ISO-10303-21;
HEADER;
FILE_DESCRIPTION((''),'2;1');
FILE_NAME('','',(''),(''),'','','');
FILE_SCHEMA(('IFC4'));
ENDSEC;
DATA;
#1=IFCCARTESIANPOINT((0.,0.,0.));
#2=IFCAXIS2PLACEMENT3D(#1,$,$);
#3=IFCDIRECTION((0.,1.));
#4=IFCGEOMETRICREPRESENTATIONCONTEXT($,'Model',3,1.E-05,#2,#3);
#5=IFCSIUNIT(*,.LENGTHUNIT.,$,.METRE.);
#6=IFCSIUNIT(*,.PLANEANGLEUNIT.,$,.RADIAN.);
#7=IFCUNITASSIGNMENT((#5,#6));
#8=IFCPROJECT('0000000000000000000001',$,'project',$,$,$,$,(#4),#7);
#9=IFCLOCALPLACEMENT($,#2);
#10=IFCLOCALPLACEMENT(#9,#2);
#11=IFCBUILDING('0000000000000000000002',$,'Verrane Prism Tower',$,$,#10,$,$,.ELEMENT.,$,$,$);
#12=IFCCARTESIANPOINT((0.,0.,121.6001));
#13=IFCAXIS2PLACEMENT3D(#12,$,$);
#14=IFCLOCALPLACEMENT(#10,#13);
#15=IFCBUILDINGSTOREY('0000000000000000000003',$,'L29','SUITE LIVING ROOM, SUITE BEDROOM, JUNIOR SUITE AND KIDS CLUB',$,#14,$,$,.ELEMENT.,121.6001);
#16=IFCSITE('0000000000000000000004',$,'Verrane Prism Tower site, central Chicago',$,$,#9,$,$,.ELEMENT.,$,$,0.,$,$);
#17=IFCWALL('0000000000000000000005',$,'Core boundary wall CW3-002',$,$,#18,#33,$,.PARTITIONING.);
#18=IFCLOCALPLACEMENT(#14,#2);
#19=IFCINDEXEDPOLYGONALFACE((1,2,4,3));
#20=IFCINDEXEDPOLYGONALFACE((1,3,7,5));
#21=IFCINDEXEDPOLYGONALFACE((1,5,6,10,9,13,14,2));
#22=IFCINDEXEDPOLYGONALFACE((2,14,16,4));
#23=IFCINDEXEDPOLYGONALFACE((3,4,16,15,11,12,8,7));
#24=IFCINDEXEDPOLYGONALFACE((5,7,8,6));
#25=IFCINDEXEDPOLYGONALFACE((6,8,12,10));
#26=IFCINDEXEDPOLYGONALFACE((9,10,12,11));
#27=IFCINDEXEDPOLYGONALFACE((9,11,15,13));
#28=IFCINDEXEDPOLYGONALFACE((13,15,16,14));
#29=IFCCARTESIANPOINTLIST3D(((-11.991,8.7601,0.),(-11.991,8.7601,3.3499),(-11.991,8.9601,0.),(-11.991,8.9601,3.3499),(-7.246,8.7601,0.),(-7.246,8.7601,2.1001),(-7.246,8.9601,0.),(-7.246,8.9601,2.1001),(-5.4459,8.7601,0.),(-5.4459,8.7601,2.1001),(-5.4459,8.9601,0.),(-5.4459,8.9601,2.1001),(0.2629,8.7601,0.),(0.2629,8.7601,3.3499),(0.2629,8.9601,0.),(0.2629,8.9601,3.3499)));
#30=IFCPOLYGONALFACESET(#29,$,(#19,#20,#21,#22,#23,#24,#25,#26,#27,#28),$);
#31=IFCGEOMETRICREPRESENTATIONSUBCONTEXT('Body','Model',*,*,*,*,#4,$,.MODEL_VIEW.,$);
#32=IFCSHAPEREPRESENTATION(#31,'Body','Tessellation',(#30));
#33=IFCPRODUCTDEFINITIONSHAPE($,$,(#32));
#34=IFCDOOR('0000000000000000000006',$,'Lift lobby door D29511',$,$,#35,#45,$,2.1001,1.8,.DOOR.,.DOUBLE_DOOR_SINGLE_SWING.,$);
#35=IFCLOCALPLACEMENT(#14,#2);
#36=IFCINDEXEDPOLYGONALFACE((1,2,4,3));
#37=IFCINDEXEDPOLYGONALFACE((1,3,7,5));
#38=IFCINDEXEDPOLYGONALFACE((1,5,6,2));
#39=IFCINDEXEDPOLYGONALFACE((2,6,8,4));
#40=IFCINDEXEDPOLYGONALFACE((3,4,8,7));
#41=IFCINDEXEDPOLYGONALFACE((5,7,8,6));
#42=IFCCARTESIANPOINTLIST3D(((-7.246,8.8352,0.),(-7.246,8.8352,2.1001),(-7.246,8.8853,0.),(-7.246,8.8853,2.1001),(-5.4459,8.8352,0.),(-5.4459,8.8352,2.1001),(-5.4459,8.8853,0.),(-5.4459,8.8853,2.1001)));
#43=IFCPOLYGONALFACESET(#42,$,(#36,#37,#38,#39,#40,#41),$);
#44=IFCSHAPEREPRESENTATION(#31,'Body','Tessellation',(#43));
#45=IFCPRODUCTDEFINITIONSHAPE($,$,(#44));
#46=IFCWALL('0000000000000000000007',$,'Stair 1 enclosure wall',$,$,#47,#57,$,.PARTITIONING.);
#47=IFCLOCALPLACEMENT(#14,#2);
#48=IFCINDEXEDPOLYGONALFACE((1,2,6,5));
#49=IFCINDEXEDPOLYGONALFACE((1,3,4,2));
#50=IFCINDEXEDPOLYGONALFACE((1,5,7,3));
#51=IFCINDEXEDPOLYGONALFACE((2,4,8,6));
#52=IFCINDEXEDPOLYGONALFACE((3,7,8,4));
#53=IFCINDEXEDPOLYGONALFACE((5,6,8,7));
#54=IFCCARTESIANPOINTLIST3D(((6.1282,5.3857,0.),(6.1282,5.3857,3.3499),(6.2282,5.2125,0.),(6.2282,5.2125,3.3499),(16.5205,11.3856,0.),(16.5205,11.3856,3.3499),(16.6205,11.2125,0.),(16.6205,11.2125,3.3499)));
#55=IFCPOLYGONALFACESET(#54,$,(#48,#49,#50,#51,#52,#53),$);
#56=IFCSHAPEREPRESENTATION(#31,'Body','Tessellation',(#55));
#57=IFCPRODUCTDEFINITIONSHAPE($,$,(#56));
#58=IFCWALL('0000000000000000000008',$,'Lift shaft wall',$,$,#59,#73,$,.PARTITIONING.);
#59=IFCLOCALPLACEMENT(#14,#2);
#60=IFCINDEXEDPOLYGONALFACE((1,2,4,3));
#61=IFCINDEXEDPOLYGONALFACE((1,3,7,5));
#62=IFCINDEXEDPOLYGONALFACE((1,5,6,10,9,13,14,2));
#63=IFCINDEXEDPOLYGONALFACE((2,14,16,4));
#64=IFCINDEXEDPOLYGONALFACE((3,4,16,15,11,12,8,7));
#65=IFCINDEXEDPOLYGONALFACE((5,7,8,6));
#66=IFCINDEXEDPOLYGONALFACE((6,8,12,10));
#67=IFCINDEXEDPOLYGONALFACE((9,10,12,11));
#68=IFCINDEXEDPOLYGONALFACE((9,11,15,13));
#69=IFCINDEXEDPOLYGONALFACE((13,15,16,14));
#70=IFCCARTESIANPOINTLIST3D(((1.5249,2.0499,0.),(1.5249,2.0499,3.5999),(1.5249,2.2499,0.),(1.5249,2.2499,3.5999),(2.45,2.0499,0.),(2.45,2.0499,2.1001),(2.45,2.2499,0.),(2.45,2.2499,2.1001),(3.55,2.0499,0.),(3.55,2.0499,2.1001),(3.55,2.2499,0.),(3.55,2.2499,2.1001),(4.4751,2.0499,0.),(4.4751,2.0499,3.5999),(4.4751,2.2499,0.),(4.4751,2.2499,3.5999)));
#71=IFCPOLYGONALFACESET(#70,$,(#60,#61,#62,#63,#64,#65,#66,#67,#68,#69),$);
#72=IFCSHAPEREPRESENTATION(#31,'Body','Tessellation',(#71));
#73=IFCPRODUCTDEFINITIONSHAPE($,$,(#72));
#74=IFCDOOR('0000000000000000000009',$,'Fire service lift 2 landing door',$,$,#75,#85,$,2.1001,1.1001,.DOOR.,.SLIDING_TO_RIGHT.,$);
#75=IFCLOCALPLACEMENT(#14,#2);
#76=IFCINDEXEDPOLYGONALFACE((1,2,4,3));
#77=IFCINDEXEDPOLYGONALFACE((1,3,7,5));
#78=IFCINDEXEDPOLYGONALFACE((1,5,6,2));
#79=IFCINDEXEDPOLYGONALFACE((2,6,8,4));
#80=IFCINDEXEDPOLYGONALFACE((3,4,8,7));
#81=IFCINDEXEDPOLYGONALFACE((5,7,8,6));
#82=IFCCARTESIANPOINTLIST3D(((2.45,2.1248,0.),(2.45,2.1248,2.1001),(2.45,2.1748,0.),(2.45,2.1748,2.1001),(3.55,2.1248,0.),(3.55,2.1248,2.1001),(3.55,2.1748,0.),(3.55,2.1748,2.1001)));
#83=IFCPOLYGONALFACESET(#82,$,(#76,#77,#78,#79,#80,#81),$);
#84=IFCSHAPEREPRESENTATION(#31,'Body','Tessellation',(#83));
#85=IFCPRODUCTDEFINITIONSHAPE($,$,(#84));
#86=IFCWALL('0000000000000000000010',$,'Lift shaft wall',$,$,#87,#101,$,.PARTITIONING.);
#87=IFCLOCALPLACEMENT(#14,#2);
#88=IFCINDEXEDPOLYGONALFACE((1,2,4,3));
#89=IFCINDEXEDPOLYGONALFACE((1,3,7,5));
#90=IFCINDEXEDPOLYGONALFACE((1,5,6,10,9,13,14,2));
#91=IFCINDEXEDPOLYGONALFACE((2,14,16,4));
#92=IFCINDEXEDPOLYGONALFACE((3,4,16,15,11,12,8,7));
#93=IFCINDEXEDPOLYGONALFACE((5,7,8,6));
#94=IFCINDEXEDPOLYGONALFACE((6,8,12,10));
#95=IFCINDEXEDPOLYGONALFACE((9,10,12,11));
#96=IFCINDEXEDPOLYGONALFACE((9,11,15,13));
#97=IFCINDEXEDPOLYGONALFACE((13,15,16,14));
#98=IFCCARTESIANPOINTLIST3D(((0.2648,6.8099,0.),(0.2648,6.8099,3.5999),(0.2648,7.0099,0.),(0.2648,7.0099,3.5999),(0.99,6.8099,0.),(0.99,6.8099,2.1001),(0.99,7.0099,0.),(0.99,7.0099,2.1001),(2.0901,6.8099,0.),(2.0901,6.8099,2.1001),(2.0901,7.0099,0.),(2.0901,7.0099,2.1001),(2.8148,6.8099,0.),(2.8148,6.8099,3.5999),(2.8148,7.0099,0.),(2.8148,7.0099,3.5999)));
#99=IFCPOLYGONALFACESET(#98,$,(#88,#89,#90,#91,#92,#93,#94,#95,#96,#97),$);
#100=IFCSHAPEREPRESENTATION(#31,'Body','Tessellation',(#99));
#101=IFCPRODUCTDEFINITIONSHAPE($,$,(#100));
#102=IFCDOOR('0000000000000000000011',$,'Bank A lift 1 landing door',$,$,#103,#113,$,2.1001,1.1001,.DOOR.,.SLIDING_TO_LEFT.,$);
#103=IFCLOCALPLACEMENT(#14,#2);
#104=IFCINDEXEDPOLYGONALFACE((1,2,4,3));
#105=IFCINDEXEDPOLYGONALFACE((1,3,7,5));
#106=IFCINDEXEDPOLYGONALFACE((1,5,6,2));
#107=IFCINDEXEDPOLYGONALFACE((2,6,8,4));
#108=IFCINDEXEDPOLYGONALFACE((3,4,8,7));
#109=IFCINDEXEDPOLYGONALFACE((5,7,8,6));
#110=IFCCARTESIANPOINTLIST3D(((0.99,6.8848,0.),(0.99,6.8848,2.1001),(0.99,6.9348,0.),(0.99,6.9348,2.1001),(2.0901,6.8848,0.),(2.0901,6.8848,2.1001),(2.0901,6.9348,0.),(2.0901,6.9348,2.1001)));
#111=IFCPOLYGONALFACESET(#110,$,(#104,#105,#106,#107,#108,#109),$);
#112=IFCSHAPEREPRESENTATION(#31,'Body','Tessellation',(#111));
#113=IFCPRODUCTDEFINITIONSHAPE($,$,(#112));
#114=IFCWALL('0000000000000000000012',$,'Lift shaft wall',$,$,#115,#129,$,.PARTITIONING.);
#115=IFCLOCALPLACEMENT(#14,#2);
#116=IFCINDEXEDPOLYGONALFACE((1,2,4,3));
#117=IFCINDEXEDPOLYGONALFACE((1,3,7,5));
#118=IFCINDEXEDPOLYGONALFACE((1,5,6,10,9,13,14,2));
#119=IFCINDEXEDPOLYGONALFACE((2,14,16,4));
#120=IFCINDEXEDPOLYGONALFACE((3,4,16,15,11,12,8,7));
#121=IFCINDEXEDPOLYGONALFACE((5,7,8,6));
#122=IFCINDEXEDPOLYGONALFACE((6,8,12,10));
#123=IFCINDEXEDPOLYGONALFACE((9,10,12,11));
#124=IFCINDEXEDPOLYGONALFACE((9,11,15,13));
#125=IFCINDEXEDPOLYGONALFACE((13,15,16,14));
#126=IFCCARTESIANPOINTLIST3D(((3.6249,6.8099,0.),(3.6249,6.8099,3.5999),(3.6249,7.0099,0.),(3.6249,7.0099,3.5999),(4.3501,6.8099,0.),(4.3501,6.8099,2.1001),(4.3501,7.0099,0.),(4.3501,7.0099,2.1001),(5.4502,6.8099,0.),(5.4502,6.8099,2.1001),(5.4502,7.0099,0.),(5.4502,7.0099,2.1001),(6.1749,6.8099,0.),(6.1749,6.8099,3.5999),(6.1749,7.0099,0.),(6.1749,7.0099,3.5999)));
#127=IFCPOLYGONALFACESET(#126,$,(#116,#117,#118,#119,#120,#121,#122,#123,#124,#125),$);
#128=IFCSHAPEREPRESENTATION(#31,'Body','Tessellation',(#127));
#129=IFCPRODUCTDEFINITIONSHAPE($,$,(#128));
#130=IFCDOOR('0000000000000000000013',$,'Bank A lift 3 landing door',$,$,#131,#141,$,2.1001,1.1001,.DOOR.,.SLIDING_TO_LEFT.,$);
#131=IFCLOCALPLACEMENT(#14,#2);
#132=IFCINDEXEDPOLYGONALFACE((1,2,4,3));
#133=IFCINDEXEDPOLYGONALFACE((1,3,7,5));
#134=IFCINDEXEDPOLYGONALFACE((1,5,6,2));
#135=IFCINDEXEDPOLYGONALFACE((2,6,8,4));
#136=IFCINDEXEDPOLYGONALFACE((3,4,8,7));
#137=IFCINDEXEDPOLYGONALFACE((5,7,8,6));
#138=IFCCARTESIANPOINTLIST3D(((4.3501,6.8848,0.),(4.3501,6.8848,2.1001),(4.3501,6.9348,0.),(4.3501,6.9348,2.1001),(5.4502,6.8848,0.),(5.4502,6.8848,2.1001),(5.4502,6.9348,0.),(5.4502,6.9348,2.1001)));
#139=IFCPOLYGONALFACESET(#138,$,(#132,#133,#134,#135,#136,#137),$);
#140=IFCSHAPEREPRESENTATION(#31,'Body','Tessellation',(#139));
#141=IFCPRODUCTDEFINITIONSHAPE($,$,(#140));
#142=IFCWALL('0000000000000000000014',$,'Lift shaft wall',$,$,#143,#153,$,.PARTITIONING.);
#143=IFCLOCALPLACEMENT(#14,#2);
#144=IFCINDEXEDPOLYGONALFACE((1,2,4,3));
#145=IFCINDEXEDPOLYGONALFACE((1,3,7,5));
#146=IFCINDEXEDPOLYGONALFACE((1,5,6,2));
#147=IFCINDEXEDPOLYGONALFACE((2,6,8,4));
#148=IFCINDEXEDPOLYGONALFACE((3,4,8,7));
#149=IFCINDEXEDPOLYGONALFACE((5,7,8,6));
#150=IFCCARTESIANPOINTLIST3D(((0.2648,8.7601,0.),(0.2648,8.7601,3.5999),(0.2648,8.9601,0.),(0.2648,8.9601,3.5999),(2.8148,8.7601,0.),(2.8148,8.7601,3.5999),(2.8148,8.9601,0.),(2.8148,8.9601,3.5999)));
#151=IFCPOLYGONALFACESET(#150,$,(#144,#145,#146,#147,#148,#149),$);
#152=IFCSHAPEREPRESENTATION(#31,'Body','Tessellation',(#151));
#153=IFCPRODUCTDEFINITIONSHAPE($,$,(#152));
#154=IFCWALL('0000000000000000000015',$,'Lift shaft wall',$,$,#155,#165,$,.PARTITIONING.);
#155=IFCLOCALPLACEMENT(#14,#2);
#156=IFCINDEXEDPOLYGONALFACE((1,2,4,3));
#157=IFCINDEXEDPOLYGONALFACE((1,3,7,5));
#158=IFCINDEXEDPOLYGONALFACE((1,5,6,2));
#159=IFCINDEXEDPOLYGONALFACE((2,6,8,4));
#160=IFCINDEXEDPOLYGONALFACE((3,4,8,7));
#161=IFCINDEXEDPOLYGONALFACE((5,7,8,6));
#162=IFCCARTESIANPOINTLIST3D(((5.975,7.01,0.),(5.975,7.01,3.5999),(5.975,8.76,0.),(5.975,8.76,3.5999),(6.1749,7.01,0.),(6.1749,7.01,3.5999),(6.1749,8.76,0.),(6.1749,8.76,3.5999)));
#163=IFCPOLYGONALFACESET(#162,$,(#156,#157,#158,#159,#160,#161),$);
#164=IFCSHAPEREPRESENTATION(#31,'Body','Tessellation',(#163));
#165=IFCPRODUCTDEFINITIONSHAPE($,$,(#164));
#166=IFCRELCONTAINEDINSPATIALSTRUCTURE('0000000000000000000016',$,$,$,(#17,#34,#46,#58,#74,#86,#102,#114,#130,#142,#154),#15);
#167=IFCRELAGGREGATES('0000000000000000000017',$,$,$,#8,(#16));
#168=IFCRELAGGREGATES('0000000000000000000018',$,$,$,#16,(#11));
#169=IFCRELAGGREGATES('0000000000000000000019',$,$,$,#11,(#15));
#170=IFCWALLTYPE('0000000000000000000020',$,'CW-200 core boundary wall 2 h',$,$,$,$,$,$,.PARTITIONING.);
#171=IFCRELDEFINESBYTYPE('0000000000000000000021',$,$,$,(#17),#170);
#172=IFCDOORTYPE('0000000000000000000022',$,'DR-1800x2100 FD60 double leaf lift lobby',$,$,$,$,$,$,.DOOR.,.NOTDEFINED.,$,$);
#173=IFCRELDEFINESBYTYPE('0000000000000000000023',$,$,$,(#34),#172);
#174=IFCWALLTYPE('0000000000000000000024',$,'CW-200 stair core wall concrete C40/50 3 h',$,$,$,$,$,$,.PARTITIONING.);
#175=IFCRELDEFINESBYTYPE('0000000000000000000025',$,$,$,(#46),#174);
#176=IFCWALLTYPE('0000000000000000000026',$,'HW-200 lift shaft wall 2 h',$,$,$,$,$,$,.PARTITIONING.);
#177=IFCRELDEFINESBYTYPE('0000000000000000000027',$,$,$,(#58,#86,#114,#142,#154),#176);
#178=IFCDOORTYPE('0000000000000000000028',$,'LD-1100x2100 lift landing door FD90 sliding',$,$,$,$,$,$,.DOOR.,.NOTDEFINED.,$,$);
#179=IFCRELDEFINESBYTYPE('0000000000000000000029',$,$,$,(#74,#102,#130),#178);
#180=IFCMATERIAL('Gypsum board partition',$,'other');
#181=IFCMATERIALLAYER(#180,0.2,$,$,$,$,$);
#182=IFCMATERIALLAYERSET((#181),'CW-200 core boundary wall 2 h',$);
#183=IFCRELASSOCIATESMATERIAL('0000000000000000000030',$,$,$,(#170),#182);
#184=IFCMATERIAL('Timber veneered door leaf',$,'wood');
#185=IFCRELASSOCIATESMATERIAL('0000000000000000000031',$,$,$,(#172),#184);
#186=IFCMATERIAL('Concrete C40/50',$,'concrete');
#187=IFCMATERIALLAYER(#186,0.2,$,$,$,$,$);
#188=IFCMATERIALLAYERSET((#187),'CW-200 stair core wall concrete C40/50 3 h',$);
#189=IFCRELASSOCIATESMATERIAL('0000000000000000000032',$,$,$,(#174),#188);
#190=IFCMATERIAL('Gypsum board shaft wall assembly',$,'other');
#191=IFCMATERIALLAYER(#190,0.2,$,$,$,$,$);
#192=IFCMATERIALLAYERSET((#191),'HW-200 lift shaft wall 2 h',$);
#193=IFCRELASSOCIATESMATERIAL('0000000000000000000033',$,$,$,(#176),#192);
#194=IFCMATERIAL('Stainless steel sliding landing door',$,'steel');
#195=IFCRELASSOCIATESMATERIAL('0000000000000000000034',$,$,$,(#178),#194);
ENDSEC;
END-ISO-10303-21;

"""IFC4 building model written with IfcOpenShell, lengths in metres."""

from ifc_helpers import new_model, si_unit, direction, frame, frame_2d, origin, place, context, subcontext, project, spatial, rectangle, extrude, material, layer, layer_set, type_object, element, fill, save


model = new_model("IFC4")

# Units and contexts
model_context = context("Model", 3, precision=1e-05, world=origin(), true_north=direction((0.0, 1.0)))
body_context = subcontext(model_context, "Body", "Model", "MODEL_VIEW")
ifc_project = project(units=[si_unit("LENGTHUNIT", "METRE"), si_unit("PLANEANGLEUNIT", "RADIAN")], contexts=[model_context])

# Site, building, storey
site_placement = place(None, origin())
site = spatial("IfcSite", under=ifc_project, at=site_placement, Name="Verrane Prism Tower site, central Chicago", CompositionType="ELEMENT", RefElevation=0.0)
building_placement = place(site_placement, origin())
building = spatial("IfcBuilding", under=site, at=building_placement, Name="Verrane Prism Tower", CompositionType="ELEMENT")
storey_placement = place(building_placement, frame((0.0, 0.0, 121.6001)))
storey = spatial("IfcBuildingStorey", under=building, at=storey_placement, Name="L29", Description="SUITE LIVING ROOM, SUITE BEDROOM, JUNIOR SUITE AND KIDS CLUB", CompositionType="ELEMENT", Elevation=121.6001)

# Wall, opening, door
ifc_material_1 = material(Name="Gypsum board partition", Category="other")
ifc_layer_1 = layer(ifc_material_1, 0.2)
ifc_layer_set_1 = layer_set([ifc_layer_1], Name="CW-200 core boundary wall 2 h")
wall_type_1 = type_object("IfcWallType", Name="CW-200 core boundary wall 2 h", PredefinedType="PARTITIONING", material=ifc_layer_set_1)
wall_1_placement = place(storey_placement, frame((0.2629, 8.8601, 0.0), z_axis=(0.0, 0.0, 1.0), x_axis=(-1.0, 0.0, 0.0)))
wall_1 = element("IfcWall", 1, at=wall_1_placement, inside=storey, type_object=wall_type_1, Name="Core boundary wall CW3-002", PredefinedType="PARTITIONING", context=body_context, shape_type="SweptSolid", body=[
    extrude(rectangle(XDim=12.2539, YDim=0.2, at=frame_2d((6.127, 0.0))), origin(), (0.0, 0.0, 1.0), 3.3499),
])
opening_1_placement = place(wall_1_placement, frame((5.709, 0.0, 0.0)))
opening_1 = element("IfcOpeningElement", 2, at=opening_1_placement, cuts=wall_1, PredefinedType="OPENING", context=body_context, shape_type="SweptSolid", body=[
    extrude(rectangle(XDim=1.8, YDim=2.1001, at=frame_2d((0.8999, 1.05))), frame((0.0, 0.1099, 0.0), z_axis=(0.0, -1.0, 0.0), x_axis=(1.0, 0.0, 0.0)), (0.0, 0.0, 1.0), 0.22),
])
ifc_material_2 = material(Name="Timber veneered door leaf", Category="wood")
door_type_1 = type_object("IfcDoorType", Name="DR-1800x2100 FD60 double leaf lift lobby", OperationType="NOTDEFINED", PredefinedType="DOOR", material=ifc_material_2)
door_1_placement = place(opening_1_placement, origin())
door_1 = element("IfcDoor", 3, at=door_1_placement, inside=storey, type_object=door_type_1, Name="Lift lobby door D29511", OperationType="DOUBLE_DOOR_SINGLE_SWING", OverallHeight=2.1001, OverallWidth=1.8, PredefinedType="DOOR", context=body_context, shape_type="SweptSolid", body=[
    extrude(rectangle(XDim=1.8, YDim=2.1001, at=frame_2d((0.8999, 1.05))), frame((0.0, 0.0249, 0.0), z_axis=(0.0, -1.0, 0.0), x_axis=(1.0, 0.0, 0.0)), (0.0, 0.0, 1.0), 0.05),
])
fill(opening_1, door_1)

# Wall
ifc_material_3 = material(Name="Concrete C40/50", Category="concrete")
ifc_layer_2 = layer(ifc_material_3, 0.2)
ifc_layer_set_2 = layer_set([ifc_layer_2], Name="CW-200 stair core wall concrete C40/50 3 h")
wall_type_2 = type_object("IfcWallType", Name="CW-200 stair core wall concrete C40/50 3 h", PredefinedType="PARTITIONING", material=ifc_layer_set_2)
wall_2_placement = place(storey_placement, frame((6.1782, 5.2991, 0.0), z_axis=(0.0, 0.0, 1.0), x_axis=(0.866026, 0.499999, 0.0)))
element("IfcWall", 4, at=wall_2_placement, inside=storey, type_object=wall_type_2, Name="Stair 1 enclosure wall", PredefinedType="PARTITIONING", context=body_context, shape_type="SweptSolid", body=[
    extrude(rectangle(XDim=12.0, YDim=0.2, at=frame_2d((6.0, 0.0))), origin(), (0.0, 0.0, 1.0), 3.3499),
])

# Walls, openings, doors
ifc_material_4 = material(Name="Gypsum board shaft wall assembly", Category="other")
ifc_layer_3 = layer(ifc_material_4, 0.2)
ifc_layer_set_3 = layer_set([ifc_layer_3], Name="HW-200 lift shaft wall 2 h")
wall_type_3 = type_object("IfcWallType", Name="HW-200 lift shaft wall 2 h", PredefinedType="PARTITIONING", material=ifc_layer_set_3)
wall_3_placement = place(storey_placement, frame((1.5249, 2.1499, 0.0), z_axis=(0.0, 0.0, 1.0), x_axis=(1.0, 0.0, 0.0)))
wall_3 = element("IfcWall", 5, at=wall_3_placement, inside=storey, type_object=wall_type_3, Name="Lift shaft wall", PredefinedType="PARTITIONING", context=body_context, shape_type="SweptSolid", body=[
    extrude(rectangle(XDim=2.9502, YDim=0.2, at=frame_2d((1.4751, 0.0))), origin(), (0.0, 0.0, 1.0), 3.5999),
])
opening_2_placement = place(wall_3_placement, frame((0.925, 0.0, 0.0)))
opening_2 = element("IfcOpeningElement", 6, at=opening_2_placement, cuts=wall_3, PredefinedType="OPENING", context=body_context, shape_type="SweptSolid", body=[
    extrude(rectangle(XDim=1.1001, YDim=2.1001, at=frame_2d((0.55, 1.05))), frame((0.0, 0.1099, 0.0), z_axis=(0.0, -1.0, 0.0), x_axis=(1.0, 0.0, 0.0)), (0.0, 0.0, 1.0), 0.22),
])
ifc_material_5 = material(Name="Stainless steel sliding landing door", Category="steel")
door_type_2 = type_object("IfcDoorType", Name="LD-1100x2100 lift landing door FD90 sliding", OperationType="NOTDEFINED", PredefinedType="DOOR", material=ifc_material_5)
door_2_placement = place(opening_2_placement, origin())
door_2 = element("IfcDoor", 7, at=door_2_placement, inside=storey, type_object=door_type_2, Name="Fire service lift 2 landing door", OperationType="SLIDING_TO_RIGHT", OverallHeight=2.1001, OverallWidth=1.1001, PredefinedType="DOOR", context=body_context, shape_type="SweptSolid", body=[
    extrude(rectangle(XDim=1.1001, YDim=2.1001, at=frame_2d((0.55, 1.05))), frame((0.0, 0.0249, 0.0), z_axis=(0.0, -1.0, 0.0), x_axis=(1.0, 0.0, 0.0)), (0.0, 0.0, 1.0), 0.05),
])
fill(opening_2, door_2)
wall_4_placement = place(storey_placement, frame((0.2649, 6.9099, 0.0), z_axis=(0.0, 0.0, 1.0), x_axis=(1.0, 0.0, 0.0)))
wall_4 = element("IfcWall", 8, at=wall_4_placement, inside=storey, type_object=wall_type_3, Name="Lift shaft wall", PredefinedType="PARTITIONING", context=body_context, shape_type="SweptSolid", body=[
    extrude(rectangle(XDim=2.55, YDim=0.2, at=frame_2d((1.2749, 0.0))), origin(), (0.0, 0.0, 1.0), 3.5999),
])
opening_3_placement = place(wall_4_placement, frame((0.7251, 0.0, 0.0)))
opening_3 = element("IfcOpeningElement", 9, at=opening_3_placement, cuts=wall_4, PredefinedType="OPENING", context=body_context, shape_type="SweptSolid", body=[
    extrude(rectangle(XDim=1.1001, YDim=2.1001, at=frame_2d((0.55, 1.05))), frame((0.0, 0.1099, 0.0), z_axis=(0.0, -1.0, 0.0), x_axis=(1.0, 0.0, 0.0)), (0.0, 0.0, 1.0), 0.22),
])
door_3_placement = place(opening_3_placement, origin())
door_3 = element("IfcDoor", 10, at=door_3_placement, inside=storey, type_object=door_type_2, Name="Bank A lift 1 landing door", OperationType="SLIDING_TO_LEFT", OverallHeight=2.1001, OverallWidth=1.1001, PredefinedType="DOOR", context=body_context, shape_type="SweptSolid", body=[
    extrude(rectangle(XDim=1.1001, YDim=2.1001, at=frame_2d((0.55, 1.05))), frame((0.0, 0.0249, 0.0), z_axis=(0.0, -1.0, 0.0), x_axis=(1.0, 0.0, 0.0)), (0.0, 0.0, 1.0), 0.05),
])
fill(opening_3, door_3)
wall_5_placement = place(storey_placement, frame((3.625, 6.9099, 0.0), z_axis=(0.0, 0.0, 1.0), x_axis=(1.0, 0.0, 0.0)))
wall_5 = element("IfcWall", 11, at=wall_5_placement, inside=storey, type_object=wall_type_3, Name="Lift shaft wall", PredefinedType="PARTITIONING", context=body_context, shape_type="SweptSolid", body=[
    extrude(rectangle(XDim=2.55, YDim=0.2, at=frame_2d((1.2749, 0.0))), origin(), (0.0, 0.0, 1.0), 3.5999),
])
opening_4_placement = place(wall_5_placement, frame((0.7251, 0.0, 0.0)))
opening_4 = element("IfcOpeningElement", 12, at=opening_4_placement, cuts=wall_5, PredefinedType="OPENING", context=body_context, shape_type="SweptSolid", body=[
    extrude(rectangle(XDim=1.1001, YDim=2.1001, at=frame_2d((0.55, 1.05))), frame((0.0, 0.1099, 0.0), z_axis=(0.0, -1.0, 0.0), x_axis=(1.0, 0.0, 0.0)), (0.0, 0.0, 1.0), 0.22),
])
door_4_placement = place(opening_4_placement, origin())
door_4 = element("IfcDoor", 13, at=door_4_placement, inside=storey, type_object=door_type_2, Name="Bank A lift 3 landing door", OperationType="SLIDING_TO_LEFT", OverallHeight=2.1001, OverallWidth=1.1001, PredefinedType="DOOR", context=body_context, shape_type="SweptSolid", body=[
    extrude(rectangle(XDim=1.1001, YDim=2.1001, at=frame_2d((0.55, 1.05))), frame((0.0, 0.0249, 0.0), z_axis=(0.0, -1.0, 0.0), x_axis=(1.0, 0.0, 0.0)), (0.0, 0.0, 1.0), 0.05),
])
fill(opening_4, door_4)

# Walls
wall_6_placement = place(storey_placement, frame((0.2649, 8.8601, 0.0), z_axis=(0.0, 0.0, 1.0), x_axis=(1.0, 0.0, 0.0)))
element("IfcWall", 14, at=wall_6_placement, inside=storey, type_object=wall_type_3, Name="Lift shaft wall", PredefinedType="PARTITIONING", context=body_context, shape_type="SweptSolid", body=[
    extrude(rectangle(XDim=2.55, YDim=0.2, at=frame_2d((1.2749, 0.0))), origin(), (0.0, 0.0, 1.0), 3.5999),
])
wall_7_placement = place(storey_placement, frame((6.075, 7.01, 0.0), z_axis=(0.0, 0.0, 1.0), x_axis=(0.0, 1.0, 0.0)))
element("IfcWall", 15, at=wall_7_placement, inside=storey, type_object=wall_type_3, Name="Lift shaft wall", PredefinedType="PARTITIONING", context=body_context, shape_type="SweptSolid", body=[
    extrude(rectangle(XDim=1.75, YDim=0.2, at=frame_2d((0.875, 0.0))), origin(), (0.0, 0.0, 1.0), 3.5999),
])

save(model, "model.ifc")
